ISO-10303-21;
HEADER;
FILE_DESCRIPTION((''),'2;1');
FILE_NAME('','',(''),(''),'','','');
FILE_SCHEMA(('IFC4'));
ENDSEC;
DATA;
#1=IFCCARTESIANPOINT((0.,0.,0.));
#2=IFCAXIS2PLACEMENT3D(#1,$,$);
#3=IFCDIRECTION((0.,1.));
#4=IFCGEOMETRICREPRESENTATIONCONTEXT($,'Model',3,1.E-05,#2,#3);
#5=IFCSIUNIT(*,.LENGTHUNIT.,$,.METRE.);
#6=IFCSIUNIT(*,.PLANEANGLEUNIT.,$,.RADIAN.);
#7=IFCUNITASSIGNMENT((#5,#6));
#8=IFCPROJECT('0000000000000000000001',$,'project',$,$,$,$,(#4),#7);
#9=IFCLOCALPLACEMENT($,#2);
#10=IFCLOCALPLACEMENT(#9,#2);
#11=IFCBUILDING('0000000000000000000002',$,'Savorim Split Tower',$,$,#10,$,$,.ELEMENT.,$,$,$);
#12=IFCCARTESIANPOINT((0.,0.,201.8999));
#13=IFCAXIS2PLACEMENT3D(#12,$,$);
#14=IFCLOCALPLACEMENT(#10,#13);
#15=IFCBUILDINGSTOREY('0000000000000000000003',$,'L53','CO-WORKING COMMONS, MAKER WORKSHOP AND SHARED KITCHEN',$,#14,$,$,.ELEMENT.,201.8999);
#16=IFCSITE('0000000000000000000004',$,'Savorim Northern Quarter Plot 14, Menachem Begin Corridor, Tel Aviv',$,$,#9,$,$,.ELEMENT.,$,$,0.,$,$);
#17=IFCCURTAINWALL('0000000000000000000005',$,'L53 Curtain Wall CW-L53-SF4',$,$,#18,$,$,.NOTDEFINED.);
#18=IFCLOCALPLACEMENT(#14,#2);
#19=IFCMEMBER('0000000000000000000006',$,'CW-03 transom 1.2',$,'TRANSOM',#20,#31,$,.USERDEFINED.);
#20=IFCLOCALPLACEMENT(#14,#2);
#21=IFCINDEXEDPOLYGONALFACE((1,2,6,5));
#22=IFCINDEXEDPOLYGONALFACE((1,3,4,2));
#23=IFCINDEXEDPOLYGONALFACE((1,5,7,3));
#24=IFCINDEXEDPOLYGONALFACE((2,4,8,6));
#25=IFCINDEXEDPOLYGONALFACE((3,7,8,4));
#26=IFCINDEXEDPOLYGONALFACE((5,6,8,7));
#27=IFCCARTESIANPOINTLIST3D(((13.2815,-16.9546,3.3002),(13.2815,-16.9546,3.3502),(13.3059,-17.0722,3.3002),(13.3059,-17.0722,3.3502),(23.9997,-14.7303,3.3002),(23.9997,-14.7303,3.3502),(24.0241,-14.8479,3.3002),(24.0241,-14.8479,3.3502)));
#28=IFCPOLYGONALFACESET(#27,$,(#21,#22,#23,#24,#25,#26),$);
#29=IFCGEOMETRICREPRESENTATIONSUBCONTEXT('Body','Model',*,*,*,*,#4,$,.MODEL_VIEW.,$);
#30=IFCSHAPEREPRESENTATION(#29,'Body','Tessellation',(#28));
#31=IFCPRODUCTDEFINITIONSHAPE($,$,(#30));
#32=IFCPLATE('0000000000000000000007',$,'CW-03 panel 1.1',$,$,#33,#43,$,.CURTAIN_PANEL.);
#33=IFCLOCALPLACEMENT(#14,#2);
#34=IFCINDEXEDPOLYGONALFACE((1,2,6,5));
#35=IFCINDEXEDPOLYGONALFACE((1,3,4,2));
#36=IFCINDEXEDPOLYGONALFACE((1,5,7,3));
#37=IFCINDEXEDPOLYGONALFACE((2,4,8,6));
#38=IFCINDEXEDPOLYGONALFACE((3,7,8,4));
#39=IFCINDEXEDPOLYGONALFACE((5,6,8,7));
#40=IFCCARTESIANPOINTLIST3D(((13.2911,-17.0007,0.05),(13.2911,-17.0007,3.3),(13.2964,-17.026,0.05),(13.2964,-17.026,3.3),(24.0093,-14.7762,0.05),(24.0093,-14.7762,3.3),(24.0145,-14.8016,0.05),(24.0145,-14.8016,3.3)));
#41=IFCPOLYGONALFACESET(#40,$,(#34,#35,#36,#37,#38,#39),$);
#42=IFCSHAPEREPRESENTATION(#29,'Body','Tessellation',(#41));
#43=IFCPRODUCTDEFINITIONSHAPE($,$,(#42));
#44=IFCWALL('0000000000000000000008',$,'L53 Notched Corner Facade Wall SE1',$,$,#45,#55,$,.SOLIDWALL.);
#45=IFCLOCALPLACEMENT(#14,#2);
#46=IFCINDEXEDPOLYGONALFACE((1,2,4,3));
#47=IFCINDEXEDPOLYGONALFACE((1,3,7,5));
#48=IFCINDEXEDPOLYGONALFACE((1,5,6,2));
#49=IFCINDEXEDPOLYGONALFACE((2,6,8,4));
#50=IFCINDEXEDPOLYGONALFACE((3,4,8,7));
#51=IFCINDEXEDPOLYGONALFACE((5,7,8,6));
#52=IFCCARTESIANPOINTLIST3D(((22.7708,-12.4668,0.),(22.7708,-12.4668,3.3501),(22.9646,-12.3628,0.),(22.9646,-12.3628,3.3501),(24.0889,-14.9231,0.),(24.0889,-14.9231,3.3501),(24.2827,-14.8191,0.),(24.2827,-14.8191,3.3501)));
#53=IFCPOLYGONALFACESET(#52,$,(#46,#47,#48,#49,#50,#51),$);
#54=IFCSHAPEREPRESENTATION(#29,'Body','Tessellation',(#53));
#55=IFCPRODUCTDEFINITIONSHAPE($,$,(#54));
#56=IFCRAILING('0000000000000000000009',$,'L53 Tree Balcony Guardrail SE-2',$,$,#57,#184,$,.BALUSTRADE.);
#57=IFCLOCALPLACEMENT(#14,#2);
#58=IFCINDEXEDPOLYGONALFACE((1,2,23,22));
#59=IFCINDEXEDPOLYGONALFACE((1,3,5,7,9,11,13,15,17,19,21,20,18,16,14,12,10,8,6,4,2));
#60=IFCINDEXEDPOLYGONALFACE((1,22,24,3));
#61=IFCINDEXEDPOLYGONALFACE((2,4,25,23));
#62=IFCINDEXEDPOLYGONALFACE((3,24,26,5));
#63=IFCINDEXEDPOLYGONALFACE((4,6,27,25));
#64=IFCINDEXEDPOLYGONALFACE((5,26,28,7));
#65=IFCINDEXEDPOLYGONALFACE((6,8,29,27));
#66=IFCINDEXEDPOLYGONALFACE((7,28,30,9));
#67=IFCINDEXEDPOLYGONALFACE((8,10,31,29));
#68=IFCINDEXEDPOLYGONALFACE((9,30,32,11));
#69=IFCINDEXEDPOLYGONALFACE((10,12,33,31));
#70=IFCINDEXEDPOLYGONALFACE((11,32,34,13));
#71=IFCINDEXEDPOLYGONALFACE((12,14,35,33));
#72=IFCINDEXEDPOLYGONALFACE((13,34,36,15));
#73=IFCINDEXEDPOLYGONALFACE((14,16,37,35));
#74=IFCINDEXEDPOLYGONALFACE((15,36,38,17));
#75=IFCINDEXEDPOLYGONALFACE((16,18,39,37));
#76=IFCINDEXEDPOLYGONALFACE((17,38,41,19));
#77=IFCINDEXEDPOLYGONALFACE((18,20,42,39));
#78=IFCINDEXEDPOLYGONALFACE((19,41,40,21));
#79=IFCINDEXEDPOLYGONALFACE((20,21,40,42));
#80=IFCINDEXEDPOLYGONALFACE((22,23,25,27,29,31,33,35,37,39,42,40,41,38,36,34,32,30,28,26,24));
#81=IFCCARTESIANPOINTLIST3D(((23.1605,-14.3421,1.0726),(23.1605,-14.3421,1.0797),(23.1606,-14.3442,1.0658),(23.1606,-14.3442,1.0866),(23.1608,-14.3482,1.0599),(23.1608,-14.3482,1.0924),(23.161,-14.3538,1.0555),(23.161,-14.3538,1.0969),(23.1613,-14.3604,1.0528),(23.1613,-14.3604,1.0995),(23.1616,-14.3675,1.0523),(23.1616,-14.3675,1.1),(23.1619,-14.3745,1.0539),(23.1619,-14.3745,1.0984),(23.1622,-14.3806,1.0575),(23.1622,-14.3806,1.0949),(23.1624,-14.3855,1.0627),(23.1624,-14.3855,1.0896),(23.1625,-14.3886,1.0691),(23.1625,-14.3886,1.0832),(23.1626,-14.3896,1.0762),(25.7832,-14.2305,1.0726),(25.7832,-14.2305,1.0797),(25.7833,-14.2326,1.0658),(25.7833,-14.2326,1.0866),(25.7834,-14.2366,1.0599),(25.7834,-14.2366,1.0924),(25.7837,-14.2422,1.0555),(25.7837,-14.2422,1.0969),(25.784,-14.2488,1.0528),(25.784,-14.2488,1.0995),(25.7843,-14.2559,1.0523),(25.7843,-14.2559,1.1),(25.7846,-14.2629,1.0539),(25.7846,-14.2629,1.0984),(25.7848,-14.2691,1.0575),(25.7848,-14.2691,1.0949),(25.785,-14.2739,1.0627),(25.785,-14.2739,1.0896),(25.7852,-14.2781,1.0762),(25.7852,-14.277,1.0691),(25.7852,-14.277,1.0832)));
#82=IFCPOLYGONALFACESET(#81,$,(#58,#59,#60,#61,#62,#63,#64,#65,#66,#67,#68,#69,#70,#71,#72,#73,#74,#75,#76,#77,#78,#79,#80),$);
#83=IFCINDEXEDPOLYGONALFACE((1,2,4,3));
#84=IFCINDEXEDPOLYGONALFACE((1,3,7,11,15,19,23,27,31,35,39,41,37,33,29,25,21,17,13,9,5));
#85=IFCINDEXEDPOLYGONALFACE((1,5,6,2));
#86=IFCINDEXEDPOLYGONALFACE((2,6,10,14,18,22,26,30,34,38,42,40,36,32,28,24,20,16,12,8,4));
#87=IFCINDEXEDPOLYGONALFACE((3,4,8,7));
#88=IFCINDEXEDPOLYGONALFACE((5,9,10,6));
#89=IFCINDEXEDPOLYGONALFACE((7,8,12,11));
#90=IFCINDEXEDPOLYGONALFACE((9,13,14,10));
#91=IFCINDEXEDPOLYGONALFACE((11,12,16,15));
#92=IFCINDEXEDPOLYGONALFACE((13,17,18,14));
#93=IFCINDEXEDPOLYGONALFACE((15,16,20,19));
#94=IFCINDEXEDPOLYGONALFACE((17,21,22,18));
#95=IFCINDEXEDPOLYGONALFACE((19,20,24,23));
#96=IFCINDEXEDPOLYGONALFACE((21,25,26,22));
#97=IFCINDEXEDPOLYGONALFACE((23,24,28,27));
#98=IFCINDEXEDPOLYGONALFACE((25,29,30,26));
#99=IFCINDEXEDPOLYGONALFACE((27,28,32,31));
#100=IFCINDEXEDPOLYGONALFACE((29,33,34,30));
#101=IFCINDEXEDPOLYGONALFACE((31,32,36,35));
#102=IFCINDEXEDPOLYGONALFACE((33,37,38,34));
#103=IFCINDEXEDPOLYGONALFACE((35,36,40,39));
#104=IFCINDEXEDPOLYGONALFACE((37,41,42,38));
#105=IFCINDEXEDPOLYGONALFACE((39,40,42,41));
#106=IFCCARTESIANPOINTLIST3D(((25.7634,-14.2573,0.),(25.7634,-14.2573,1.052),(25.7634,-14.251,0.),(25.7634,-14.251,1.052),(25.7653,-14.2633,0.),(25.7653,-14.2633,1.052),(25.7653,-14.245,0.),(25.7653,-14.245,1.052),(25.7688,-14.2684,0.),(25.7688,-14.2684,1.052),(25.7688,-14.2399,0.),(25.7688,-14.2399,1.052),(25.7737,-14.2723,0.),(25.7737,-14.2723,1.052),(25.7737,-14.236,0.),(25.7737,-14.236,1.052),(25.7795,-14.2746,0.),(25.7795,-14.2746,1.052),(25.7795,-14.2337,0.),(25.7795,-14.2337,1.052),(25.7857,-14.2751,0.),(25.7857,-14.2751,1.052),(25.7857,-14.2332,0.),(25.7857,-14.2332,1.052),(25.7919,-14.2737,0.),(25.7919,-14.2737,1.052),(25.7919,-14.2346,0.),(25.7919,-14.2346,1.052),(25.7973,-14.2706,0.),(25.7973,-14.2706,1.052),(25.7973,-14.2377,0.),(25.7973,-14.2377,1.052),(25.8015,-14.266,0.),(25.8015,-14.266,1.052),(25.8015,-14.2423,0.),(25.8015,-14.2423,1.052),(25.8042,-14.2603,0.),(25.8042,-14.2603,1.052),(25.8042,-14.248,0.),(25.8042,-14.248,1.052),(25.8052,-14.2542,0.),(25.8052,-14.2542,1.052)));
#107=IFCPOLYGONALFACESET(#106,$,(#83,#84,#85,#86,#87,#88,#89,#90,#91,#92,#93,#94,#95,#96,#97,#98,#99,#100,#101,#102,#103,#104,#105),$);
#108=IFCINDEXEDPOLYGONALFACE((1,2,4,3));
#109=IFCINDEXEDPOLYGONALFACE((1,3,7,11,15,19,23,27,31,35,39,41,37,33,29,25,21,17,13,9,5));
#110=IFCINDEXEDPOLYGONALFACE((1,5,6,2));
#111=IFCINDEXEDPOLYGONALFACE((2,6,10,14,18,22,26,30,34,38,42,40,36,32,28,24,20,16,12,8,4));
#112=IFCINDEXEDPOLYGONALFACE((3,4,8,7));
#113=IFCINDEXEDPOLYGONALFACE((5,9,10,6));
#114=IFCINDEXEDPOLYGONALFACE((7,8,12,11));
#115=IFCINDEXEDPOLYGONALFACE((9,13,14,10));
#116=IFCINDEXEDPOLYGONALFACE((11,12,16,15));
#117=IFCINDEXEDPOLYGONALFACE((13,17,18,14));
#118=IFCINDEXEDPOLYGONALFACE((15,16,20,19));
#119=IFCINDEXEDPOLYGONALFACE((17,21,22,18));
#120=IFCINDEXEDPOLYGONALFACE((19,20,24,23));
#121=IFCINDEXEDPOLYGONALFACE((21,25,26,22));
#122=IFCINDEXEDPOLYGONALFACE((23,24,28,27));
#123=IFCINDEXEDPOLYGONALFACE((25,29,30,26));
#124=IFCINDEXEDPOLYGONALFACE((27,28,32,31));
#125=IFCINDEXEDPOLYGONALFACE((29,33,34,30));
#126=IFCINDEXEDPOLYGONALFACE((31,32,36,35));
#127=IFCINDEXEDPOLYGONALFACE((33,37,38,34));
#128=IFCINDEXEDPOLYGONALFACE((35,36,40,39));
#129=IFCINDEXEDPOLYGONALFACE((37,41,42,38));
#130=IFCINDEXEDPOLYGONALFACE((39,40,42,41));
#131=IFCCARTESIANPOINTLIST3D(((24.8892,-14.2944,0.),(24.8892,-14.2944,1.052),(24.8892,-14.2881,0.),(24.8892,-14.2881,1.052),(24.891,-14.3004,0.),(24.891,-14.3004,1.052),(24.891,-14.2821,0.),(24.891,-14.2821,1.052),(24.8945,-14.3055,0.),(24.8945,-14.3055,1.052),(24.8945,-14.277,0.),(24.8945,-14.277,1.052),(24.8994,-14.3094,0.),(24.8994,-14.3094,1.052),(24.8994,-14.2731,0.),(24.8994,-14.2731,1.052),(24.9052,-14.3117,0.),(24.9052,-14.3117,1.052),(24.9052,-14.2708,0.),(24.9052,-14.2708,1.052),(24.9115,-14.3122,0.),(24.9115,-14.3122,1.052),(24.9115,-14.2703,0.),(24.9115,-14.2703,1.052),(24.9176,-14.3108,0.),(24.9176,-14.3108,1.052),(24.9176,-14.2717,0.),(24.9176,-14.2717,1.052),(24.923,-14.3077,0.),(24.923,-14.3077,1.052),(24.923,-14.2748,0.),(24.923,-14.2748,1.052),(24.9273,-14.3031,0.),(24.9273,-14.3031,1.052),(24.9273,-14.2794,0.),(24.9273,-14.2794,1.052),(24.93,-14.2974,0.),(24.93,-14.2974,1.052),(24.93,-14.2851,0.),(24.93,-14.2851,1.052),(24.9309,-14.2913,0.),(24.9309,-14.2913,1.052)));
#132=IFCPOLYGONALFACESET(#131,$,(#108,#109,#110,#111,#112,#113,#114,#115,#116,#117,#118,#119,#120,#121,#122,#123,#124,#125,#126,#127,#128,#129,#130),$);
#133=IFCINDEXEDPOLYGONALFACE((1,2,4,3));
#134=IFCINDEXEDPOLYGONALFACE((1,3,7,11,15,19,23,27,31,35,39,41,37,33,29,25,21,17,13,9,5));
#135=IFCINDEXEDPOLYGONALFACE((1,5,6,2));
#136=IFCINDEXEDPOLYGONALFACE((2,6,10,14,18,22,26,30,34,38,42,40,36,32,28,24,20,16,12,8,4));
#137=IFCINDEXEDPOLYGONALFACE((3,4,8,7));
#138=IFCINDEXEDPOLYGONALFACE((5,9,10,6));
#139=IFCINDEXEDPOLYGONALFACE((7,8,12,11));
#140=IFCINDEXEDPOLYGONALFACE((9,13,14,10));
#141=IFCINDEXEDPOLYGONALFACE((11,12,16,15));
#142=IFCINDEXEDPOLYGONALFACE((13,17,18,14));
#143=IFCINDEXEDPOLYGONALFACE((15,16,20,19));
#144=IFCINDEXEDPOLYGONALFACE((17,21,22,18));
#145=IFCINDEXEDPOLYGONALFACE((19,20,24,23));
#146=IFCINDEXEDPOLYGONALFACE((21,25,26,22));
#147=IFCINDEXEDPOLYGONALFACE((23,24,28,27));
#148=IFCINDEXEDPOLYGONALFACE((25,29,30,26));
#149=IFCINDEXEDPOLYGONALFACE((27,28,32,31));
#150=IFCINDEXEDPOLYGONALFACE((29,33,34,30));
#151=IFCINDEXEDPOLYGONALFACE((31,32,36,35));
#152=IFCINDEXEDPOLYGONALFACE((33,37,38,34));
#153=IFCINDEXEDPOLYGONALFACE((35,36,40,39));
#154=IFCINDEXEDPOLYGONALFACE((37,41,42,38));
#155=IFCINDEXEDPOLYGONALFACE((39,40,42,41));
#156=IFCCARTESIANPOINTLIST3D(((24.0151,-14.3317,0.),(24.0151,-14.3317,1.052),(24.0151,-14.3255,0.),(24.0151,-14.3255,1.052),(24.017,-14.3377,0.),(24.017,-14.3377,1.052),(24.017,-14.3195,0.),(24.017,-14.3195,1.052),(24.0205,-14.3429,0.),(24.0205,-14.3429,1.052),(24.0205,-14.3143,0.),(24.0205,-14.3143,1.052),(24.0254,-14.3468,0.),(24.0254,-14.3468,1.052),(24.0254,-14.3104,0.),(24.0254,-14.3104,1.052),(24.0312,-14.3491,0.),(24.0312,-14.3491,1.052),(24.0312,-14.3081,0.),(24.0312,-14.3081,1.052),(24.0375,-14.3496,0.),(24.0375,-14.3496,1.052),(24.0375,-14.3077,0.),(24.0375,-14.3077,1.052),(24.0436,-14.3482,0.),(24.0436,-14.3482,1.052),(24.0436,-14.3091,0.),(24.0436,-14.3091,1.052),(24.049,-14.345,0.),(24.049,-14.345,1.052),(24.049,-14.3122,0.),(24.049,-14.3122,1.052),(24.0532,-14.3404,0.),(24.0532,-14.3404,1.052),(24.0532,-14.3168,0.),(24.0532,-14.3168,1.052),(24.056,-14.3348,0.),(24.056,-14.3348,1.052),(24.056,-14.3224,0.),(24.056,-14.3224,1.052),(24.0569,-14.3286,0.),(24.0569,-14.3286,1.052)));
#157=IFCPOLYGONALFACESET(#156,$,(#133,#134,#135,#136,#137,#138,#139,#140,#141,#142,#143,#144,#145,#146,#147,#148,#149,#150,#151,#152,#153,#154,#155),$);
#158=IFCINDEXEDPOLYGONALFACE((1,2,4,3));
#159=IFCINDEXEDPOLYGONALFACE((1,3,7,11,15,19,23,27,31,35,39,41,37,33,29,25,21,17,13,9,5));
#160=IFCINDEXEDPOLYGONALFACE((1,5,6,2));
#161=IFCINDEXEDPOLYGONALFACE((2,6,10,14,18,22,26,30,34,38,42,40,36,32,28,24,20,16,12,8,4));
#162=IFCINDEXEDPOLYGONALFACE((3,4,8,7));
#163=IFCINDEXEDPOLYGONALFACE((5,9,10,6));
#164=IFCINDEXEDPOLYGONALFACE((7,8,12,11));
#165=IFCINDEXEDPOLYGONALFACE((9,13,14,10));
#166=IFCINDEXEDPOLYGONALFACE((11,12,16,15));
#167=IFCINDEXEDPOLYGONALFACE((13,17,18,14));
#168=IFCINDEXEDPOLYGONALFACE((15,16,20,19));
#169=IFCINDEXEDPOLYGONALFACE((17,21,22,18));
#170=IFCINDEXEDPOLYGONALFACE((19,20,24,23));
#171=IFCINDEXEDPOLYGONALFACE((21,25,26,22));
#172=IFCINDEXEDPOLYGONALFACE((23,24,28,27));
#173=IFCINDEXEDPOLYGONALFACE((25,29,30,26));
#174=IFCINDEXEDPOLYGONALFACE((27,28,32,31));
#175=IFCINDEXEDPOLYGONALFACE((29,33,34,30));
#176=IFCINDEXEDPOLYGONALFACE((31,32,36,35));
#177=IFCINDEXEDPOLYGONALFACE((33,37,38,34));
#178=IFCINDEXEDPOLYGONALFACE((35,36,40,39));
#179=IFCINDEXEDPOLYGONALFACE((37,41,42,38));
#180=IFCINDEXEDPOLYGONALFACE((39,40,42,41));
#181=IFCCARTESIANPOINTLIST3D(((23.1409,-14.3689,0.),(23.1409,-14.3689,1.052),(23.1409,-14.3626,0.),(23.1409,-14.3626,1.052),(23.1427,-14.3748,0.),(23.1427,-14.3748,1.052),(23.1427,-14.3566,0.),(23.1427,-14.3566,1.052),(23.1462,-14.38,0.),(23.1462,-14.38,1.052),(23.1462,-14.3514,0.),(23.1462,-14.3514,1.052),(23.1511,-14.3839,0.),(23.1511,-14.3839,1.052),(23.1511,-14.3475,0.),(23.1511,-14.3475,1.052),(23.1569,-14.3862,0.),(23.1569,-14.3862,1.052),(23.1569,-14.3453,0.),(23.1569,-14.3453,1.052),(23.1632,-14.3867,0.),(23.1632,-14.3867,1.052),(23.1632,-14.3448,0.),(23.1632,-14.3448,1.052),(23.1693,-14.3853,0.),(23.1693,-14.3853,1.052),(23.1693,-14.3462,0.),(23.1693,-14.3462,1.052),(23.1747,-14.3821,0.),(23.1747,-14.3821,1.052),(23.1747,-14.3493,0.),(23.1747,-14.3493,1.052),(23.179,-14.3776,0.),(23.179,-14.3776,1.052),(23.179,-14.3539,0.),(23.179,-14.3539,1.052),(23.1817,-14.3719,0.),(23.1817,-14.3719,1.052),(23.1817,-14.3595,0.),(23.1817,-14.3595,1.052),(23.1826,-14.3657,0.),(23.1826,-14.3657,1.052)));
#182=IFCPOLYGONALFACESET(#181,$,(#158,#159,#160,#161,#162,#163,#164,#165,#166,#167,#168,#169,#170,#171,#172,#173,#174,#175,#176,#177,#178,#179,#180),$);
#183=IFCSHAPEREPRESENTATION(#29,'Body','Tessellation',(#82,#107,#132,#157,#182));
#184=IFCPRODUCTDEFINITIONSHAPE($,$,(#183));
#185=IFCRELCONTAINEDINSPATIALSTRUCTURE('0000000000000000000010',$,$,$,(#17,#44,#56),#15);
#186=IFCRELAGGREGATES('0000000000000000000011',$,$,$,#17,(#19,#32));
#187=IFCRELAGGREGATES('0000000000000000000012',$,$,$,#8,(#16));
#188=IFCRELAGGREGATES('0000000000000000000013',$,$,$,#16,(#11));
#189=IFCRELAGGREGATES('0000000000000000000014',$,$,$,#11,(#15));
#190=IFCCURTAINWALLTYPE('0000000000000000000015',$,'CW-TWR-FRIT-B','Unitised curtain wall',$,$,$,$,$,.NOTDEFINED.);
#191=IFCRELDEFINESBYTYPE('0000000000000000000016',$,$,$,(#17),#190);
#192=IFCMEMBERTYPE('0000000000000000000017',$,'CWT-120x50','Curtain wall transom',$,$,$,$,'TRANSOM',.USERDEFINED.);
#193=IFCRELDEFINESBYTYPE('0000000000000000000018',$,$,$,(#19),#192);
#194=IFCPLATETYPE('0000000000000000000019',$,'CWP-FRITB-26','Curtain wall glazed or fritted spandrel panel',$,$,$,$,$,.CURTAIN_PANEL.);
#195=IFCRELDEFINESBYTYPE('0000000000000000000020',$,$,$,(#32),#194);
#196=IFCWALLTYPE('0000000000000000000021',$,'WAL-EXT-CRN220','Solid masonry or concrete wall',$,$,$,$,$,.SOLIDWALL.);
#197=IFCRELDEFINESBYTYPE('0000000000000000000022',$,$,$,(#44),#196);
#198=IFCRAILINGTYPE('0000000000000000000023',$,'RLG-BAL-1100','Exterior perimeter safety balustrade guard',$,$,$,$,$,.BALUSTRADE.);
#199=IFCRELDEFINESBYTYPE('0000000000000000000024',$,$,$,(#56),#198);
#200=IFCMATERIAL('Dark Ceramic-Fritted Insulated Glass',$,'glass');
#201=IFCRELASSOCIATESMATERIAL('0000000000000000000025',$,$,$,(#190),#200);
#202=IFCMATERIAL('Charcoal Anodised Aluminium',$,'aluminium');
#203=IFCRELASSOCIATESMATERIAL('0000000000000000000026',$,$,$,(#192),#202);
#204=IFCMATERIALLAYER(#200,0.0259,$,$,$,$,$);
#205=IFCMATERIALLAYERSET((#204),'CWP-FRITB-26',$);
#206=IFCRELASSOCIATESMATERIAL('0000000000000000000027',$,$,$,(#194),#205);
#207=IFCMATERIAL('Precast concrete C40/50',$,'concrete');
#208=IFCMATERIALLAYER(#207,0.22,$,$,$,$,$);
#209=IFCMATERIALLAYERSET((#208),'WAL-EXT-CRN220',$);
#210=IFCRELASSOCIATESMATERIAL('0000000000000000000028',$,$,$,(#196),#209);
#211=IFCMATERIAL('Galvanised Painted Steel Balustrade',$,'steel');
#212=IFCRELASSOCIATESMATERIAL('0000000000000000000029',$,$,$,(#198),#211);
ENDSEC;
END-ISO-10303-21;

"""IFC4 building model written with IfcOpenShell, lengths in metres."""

from ifc_helpers import new_model, si_unit, direction, frame, frame_2d, origin, origin_2d, place, context, subcontext, project, spatial, rectangle, circle, extrude, material, layer, layer_set, material_profile, profile_set, type_object, element, aggregate, save


model = new_model("IFC4")

# Units and contexts
model_context = context("Model", 3, precision=1e-05, world=origin(), true_north=direction((0.0, 1.0)))
body_context = subcontext(model_context, "Body", "Model", "MODEL_VIEW")
ifc_project = project(units=[si_unit("LENGTHUNIT", "METRE"), si_unit("PLANEANGLEUNIT", "RADIAN")], contexts=[model_context])

# Site, building, storey
site_placement = place(None, origin())
site = spatial("IfcSite", under=ifc_project, at=site_placement, Name="Savorim Northern Quarter Plot 14, Menachem Begin Corridor, Tel Aviv", CompositionType="ELEMENT", RefElevation=0.0)
building_placement = place(site_placement, origin())
building = spatial("IfcBuilding", under=site, at=building_placement, Name="Savorim Split Tower", CompositionType="ELEMENT")
storey_placement = place(building_placement, frame((0.0, 0.0, 201.8999)))
storey = spatial("IfcBuildingStorey", under=building, at=storey_placement, Name="L53", Description="CO-WORKING COMMONS, MAKER WORKSHOP AND SHARED KITCHEN", CompositionType="ELEMENT", Elevation=201.8999)

# Curtain wall, member, plate
ifc_material_1 = material(Name="Dark Ceramic-Fritted Insulated Glass", Category="glass")
curtain_wall_type = type_object("IfcCurtainWallType", Name="CW-TWR-FRIT-B", Description="Unitised curtain wall", PredefinedType="NOTDEFINED", material=ifc_material_1)
curtain_wall_placement = place(storey_placement, origin())
curtain_wall = element("IfcCurtainWall", 1, at=curtain_wall_placement, inside=storey, type_object=curtain_wall_type, Name="L53 Curtain Wall CW-L53-SF4", PredefinedType="NOTDEFINED")
ifc_material_2 = material(Name="Charcoal Anodised Aluminium", Category="aluminium")
ifc_material_profile_1 = material_profile(ifc_material_2, rectangle(XDim=0.1201, YDim=0.05, at=origin_2d()), Name="ALU-T 120x50")
ifc_profile_set_1 = profile_set([ifc_material_profile_1], Name="Charcoal Anodised Aluminium")
member_type_1 = type_object("IfcMemberType", Name="CWT-120x50", Description="Curtain wall transom", ElementType="TRANSOM", PredefinedType="USERDEFINED", material=ifc_profile_set_1)
member_1_placement = place(storey_placement, frame((13.2937, -17.0134, 3.3252), z_axis=(0.979137, 0.203201, 0.0), x_axis=(-0.203201, 0.979137, 0.0)))
member_1 = element("IfcMember", 2, at=member_1_placement, type_object=member_type_1, Name="CW-03 transom 1.2", ObjectType="TRANSOM", PredefinedType="USERDEFINED", context=body_context, shape_type="SweptSolid", body=[
    extrude(rectangle(XDim=0.1201, YDim=0.05, at=origin_2d()), origin(), (0.0, 0.0, 1.0), 10.9465),
])
ifc_layer_1 = layer(ifc_material_1, 0.0259)
ifc_layer_set_1 = layer_set([ifc_layer_1], Name="CWP-FRITB-26")
plate_type = type_object("IfcPlateType", Name="CWP-FRITB-26", Description="Curtain wall glazed or fritted spandrel panel", PredefinedType="CURTAIN_PANEL", material=ifc_layer_set_1)
plate_placement = place(storey_placement, frame((18.6528, -15.9011, 0.05), z_axis=(0.0, 0.0, 1.0), x_axis=(0.979136, 0.203208, 0.0)))
plate = element("IfcPlate", 3, at=plate_placement, type_object=plate_type, Name="CW-03 panel 1.1", PredefinedType="CURTAIN_PANEL", context=body_context, shape_type="SweptSolid", body=[
    extrude(rectangle(XDim=10.9465, YDim=0.0259, at=origin_2d()), origin(), (0.0, 0.0, 1.0), 3.25),
])
aggregate(curtain_wall, [member_1, plate])

# Wall
ifc_material_3 = material(Name="Precast concrete C40/50", Category="concrete")
ifc_layer_2 = layer(ifc_material_3, 0.22)
ifc_layer_set_2 = layer_set([ifc_layer_2], Name="WAL-EXT-CRN220")
wall_type = type_object("IfcWallType", Name="WAL-EXT-CRN220", Description="Solid masonry or concrete wall", PredefinedType="SOLIDWALL", material=ifc_layer_set_2)
wall_placement = place(storey_placement, frame((22.8677, -12.4148, 0.0), z_axis=(0.0, 0.0, 1.0), x_axis=(0.472846, -0.881145, 0.0)))
element("IfcWall", 4, at=wall_placement, inside=storey, type_object=wall_type, Name="L53 Notched Corner Facade Wall SE1", PredefinedType="SOLIDWALL", context=body_context, shape_type="SweptSolid", body=[
    extrude(rectangle(XDim=2.7876, YDim=0.22, at=frame_2d((1.3938, 0.0))), origin(), (0.0, 0.0, 1.0), 3.3501),
])

# Railing
ifc_material_4 = material(Name="Galvanised Painted Steel Balustrade", Category="steel")
railing_type = type_object("IfcRailingType", Name="RLG-BAL-1100", Description="Exterior perimeter safety balustrade guard", PredefinedType="BALUSTRADE", material=ifc_material_4)
railing_1_placement = place(storey_placement, frame((25.7842, -14.2542, 0.0)))
element("IfcRailing", 5, at=railing_1_placement, inside=storey, type_object=railing_type, Name="L53 Tree Balcony Guardrail SE-2", PredefinedType="BALUSTRADE", context=body_context, shape_type="SweptSolid", body=[
    extrude(circle(Radius=0.0239, at=origin_2d()), frame((0.0, 0.0, 1.0762), z_axis=(-0.999096, -0.042505, 0.0), x_axis=(0.042505, -0.999096, 0.0)), (0.0, 0.0, 1.0), 2.625),
    extrude(circle(Radius=0.021, at=origin_2d()), origin(), (0.0, 0.0, 1.0), 1.052),
    extrude(circle(Radius=0.021, at=origin_2d()), frame((-0.8743, -0.0371, 0.0)), (0.0, 0.0, 1.0), 1.052),
    extrude(circle(Radius=0.021, at=origin_2d()), frame((-1.7483, -0.0745, 0.0)), (0.0, 0.0, 1.0), 1.052),
    extrude(circle(Radius=0.021, at=origin_2d()), frame((-2.6226, -0.1116, 0.0)), (0.0, 0.0, 1.0), 1.052),
])

save(model, "model.ifc")
